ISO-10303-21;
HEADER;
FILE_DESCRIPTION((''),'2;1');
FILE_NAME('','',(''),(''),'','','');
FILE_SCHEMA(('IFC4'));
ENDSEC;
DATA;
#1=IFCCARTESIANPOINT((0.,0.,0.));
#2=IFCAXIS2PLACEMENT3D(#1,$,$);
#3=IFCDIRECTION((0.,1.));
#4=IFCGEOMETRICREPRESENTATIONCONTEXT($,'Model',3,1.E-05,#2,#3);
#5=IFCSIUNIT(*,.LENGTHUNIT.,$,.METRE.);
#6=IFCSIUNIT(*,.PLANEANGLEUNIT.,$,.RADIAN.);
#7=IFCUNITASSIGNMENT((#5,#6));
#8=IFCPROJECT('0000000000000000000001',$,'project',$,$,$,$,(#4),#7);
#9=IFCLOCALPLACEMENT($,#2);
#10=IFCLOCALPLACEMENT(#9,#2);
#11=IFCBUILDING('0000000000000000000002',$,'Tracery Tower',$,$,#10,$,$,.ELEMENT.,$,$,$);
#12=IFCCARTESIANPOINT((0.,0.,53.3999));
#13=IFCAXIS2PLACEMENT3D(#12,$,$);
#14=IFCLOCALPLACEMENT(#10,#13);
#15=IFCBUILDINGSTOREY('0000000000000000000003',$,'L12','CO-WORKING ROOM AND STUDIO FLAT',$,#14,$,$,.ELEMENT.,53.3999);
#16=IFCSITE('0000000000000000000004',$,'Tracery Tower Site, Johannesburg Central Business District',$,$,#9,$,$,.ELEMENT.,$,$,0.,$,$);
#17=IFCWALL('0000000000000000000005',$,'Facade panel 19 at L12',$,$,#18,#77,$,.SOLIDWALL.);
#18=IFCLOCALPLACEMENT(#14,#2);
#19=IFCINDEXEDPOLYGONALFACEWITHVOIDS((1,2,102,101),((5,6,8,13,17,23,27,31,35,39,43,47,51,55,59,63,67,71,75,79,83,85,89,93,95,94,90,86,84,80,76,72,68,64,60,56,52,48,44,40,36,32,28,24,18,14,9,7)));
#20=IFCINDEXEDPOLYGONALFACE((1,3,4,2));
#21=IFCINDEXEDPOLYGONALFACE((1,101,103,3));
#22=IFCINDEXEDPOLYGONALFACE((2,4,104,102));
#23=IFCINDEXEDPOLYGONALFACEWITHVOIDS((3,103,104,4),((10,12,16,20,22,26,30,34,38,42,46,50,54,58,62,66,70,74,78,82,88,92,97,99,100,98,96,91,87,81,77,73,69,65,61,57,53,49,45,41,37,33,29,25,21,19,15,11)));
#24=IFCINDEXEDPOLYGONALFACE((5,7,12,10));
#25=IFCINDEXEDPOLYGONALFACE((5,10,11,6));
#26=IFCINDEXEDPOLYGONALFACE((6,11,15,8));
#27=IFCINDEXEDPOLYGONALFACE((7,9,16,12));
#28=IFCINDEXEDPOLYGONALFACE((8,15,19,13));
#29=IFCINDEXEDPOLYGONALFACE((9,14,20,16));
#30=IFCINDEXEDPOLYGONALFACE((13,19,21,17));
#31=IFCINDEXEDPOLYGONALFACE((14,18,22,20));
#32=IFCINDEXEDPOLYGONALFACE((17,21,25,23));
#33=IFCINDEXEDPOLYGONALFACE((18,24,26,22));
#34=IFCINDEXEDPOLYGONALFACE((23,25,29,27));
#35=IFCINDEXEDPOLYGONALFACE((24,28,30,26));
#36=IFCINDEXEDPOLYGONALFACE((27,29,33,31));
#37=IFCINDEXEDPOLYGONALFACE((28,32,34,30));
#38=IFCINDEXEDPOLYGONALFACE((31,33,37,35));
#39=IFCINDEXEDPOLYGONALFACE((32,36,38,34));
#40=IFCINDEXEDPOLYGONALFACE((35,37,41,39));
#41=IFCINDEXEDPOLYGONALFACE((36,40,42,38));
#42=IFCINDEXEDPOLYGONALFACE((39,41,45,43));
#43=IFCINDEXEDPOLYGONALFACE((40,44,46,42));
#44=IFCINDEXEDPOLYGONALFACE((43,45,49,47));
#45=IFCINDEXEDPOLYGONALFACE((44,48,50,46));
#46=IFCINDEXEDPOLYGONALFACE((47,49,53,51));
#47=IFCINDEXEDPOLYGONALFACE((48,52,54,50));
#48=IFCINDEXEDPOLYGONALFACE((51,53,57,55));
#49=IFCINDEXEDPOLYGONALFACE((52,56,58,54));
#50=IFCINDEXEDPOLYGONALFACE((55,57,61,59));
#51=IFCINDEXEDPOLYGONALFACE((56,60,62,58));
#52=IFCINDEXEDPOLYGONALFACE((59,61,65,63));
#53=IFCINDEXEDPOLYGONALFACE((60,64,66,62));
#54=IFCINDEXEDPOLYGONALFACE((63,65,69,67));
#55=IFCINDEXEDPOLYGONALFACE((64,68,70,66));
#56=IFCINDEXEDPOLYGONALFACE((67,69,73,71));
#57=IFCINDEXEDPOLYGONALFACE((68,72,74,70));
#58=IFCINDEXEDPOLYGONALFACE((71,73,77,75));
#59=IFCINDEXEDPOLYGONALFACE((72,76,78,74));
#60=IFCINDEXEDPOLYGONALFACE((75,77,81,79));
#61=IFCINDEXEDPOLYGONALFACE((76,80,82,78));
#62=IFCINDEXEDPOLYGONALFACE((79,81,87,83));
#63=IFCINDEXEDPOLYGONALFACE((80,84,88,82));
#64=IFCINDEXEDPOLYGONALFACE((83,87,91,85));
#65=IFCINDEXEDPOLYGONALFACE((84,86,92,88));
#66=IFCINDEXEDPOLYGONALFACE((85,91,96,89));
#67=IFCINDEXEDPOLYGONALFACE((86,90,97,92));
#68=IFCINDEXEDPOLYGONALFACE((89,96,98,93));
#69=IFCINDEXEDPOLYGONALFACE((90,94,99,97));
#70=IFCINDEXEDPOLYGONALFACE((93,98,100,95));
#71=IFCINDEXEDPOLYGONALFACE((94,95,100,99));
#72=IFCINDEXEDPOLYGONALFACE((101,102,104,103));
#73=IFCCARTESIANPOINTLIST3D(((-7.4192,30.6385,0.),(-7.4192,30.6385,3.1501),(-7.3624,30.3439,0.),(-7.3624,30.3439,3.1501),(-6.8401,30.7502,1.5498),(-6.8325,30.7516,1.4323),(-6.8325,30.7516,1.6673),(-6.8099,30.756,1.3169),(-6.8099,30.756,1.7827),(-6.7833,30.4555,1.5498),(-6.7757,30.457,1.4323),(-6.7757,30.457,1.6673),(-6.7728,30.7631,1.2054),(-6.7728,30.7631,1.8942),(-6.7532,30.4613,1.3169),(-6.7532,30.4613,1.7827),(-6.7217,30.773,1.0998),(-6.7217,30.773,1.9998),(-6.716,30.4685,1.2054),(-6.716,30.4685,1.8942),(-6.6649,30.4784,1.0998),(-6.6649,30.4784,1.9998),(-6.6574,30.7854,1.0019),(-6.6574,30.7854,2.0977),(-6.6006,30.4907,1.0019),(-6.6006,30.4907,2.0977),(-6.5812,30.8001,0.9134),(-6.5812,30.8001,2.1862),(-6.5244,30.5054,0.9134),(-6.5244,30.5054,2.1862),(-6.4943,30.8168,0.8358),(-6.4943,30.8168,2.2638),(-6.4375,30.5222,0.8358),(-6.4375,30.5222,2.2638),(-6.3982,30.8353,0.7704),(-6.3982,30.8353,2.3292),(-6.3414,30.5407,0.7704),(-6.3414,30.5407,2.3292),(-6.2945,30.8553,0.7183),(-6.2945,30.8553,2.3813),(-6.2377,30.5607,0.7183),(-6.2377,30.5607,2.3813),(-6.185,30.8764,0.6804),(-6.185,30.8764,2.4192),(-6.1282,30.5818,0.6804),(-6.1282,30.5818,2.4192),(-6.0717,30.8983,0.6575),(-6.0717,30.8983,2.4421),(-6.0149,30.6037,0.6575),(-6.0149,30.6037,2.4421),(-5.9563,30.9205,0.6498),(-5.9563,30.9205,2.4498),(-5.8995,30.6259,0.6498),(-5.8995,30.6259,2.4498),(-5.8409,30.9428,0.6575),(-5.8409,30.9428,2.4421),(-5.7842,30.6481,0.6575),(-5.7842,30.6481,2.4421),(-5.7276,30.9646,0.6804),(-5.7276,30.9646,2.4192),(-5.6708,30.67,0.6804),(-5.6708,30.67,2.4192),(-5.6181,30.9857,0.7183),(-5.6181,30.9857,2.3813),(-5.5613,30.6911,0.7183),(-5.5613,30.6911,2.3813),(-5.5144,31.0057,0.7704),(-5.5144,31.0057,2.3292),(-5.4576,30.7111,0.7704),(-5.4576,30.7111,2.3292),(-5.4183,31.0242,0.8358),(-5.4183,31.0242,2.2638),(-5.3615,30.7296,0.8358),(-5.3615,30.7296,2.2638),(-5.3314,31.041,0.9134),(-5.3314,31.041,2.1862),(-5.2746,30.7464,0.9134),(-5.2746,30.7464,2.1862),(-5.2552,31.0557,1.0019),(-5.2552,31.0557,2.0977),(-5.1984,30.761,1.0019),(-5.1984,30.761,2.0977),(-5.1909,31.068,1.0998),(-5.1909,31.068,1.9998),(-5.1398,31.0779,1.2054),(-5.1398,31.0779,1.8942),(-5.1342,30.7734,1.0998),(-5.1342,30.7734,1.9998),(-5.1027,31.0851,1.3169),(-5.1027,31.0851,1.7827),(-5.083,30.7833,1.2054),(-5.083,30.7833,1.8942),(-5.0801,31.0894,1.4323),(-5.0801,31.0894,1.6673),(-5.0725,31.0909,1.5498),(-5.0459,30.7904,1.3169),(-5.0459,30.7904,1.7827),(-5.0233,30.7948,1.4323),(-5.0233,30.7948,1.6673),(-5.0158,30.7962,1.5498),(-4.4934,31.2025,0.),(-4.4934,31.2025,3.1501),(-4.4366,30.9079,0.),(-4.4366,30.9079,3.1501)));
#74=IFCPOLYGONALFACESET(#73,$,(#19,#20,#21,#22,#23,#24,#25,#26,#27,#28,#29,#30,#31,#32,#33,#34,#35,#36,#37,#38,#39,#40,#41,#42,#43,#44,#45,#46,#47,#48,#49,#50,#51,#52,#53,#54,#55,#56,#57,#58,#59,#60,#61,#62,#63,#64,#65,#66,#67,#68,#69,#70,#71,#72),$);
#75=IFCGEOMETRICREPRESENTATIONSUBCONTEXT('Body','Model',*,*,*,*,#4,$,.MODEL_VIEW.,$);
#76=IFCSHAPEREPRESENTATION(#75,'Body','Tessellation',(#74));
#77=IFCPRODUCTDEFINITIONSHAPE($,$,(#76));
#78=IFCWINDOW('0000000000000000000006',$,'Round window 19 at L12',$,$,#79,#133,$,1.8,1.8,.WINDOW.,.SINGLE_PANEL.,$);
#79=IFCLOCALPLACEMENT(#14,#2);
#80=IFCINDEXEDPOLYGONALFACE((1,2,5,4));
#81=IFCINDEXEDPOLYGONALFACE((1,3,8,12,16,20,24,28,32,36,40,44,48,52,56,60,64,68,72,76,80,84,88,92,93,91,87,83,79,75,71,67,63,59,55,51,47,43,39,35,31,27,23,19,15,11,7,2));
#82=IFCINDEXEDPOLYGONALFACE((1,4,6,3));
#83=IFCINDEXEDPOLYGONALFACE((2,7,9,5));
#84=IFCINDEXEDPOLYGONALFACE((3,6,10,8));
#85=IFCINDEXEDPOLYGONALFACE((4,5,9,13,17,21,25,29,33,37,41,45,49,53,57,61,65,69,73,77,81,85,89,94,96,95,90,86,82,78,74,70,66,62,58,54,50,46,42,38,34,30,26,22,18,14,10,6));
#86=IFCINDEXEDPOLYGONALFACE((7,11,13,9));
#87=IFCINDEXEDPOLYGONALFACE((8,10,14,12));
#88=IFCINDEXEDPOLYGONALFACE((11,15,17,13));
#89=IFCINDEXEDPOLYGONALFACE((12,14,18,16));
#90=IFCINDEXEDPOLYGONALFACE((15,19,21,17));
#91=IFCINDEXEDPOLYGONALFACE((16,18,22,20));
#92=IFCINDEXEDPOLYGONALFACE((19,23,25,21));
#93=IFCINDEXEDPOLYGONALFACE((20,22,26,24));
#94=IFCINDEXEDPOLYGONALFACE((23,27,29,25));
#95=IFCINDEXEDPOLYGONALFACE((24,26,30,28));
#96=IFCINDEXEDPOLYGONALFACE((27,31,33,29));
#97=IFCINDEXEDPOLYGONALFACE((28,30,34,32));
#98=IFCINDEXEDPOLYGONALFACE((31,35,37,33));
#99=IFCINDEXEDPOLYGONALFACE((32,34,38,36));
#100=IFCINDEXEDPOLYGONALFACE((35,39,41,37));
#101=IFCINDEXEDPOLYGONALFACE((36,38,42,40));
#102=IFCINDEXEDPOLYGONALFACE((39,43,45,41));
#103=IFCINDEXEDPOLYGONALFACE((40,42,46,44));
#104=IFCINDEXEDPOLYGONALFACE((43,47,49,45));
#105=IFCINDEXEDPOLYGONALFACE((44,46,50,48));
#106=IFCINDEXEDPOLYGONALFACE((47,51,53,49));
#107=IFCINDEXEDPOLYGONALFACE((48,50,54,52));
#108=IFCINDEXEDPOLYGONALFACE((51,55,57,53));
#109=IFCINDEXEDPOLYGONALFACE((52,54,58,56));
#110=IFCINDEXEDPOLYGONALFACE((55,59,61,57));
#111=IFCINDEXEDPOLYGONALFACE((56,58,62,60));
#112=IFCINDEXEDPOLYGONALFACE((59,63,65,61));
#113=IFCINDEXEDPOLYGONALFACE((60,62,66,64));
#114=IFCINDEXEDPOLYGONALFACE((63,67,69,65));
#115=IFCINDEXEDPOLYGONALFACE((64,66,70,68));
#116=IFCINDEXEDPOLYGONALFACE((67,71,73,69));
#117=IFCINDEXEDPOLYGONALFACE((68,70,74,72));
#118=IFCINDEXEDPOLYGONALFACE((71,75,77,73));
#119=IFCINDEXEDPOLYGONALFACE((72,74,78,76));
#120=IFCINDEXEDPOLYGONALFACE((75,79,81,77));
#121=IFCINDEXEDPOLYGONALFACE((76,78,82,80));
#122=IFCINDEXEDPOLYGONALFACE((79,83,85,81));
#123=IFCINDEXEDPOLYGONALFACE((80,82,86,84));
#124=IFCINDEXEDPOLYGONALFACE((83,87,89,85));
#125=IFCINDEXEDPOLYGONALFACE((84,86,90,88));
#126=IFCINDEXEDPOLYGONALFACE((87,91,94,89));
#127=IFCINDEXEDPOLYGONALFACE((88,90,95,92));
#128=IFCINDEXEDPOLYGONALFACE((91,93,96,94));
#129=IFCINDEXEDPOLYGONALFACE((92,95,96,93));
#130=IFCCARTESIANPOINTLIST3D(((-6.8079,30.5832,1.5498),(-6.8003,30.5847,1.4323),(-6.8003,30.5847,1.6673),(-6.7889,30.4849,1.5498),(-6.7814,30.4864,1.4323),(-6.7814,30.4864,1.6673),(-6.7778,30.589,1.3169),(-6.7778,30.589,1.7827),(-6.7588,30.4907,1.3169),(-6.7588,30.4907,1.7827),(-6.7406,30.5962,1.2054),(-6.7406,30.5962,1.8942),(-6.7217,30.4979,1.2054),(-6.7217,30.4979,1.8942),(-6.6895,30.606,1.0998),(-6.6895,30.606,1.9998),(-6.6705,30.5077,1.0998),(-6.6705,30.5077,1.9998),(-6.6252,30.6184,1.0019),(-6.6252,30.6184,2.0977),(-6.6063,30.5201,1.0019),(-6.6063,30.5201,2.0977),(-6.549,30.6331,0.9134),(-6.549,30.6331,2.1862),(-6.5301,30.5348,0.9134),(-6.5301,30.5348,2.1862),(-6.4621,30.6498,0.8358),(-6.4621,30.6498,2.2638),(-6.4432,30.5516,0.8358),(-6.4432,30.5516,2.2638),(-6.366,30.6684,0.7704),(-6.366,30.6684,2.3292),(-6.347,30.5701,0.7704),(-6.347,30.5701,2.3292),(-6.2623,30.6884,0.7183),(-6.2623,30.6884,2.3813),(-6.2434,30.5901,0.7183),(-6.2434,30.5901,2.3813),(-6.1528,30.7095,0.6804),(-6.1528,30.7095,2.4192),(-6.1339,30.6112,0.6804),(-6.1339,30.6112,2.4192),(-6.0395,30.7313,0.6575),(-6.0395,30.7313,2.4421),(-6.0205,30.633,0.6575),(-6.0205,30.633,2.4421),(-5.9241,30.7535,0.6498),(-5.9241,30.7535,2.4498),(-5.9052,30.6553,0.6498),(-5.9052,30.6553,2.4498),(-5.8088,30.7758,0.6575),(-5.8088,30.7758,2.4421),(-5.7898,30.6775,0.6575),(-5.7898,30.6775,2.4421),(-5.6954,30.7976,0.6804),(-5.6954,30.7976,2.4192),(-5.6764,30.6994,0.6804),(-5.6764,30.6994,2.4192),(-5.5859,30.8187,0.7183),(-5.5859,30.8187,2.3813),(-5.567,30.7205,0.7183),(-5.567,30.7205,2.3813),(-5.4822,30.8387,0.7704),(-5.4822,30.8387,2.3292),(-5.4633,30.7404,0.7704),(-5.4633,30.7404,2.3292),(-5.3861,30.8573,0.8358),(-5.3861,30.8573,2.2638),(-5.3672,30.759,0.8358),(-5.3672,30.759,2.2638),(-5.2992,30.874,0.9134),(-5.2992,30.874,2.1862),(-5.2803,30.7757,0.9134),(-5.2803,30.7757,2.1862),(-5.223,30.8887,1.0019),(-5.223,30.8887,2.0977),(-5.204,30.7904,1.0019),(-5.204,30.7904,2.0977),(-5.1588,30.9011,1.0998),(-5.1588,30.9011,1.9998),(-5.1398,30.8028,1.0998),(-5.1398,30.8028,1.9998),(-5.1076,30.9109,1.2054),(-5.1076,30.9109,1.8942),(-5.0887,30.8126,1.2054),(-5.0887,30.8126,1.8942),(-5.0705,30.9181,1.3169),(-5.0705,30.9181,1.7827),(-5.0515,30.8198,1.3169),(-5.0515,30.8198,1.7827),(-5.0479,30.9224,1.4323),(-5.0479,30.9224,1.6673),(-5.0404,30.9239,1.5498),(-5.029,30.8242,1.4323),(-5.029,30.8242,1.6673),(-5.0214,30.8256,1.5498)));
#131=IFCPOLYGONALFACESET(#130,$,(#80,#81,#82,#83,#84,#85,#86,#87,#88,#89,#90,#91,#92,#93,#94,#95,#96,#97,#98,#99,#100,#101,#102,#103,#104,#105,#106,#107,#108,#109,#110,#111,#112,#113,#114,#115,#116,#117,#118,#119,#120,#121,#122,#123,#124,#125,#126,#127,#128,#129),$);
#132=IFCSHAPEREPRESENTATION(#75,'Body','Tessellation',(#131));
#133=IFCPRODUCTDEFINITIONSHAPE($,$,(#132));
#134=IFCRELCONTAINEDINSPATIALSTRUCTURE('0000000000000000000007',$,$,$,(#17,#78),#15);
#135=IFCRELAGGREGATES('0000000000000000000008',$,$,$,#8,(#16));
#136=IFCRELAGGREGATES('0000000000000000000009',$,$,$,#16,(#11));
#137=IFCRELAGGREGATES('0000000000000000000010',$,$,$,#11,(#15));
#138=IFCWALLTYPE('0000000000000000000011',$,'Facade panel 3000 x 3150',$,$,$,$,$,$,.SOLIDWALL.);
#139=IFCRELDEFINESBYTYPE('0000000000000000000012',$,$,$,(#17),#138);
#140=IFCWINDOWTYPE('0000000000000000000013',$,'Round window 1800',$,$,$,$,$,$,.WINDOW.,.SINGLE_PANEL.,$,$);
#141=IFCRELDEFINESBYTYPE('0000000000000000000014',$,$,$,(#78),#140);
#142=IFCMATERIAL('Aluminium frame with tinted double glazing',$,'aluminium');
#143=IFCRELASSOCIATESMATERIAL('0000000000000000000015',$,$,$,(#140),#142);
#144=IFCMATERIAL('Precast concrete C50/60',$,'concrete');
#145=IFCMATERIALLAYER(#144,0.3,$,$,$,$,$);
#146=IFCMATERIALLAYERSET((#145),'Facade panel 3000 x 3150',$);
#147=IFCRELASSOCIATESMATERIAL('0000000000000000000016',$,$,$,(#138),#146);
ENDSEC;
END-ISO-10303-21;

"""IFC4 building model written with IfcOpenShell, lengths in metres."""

from ifc_helpers import new_model, si_unit, direction, frame, frame_2d, origin, origin_2d, place, context, subcontext, project, spatial, rectangle, circle, extrude, material, layer, layer_set, type_object, element, fill, save


model = new_model("IFC4")

# Units and contexts
model_context = context("Model", 3, precision=1e-05, world=origin(), true_north=direction((0.0, 1.0)))
body_context = subcontext(model_context, "Body", "Model", "MODEL_VIEW")
ifc_project = project(units=[si_unit("LENGTHUNIT", "METRE"), si_unit("PLANEANGLEUNIT", "RADIAN")], contexts=[model_context])

# Site, building, storey
site_placement = place(None, origin())
site = spatial("IfcSite", under=ifc_project, at=site_placement, Name="Tracery Tower Site, Johannesburg Central Business District", CompositionType="ELEMENT", RefElevation=0.0)
building_placement = place(site_placement, origin())
building = spatial("IfcBuilding", under=site, at=building_placement, Name="Tracery Tower", CompositionType="ELEMENT")
storey_placement = place(building_placement, frame((0.0, 0.0, 53.3999)))
storey = spatial("IfcBuildingStorey", under=building, at=storey_placement, Name="L12", Description="CO-WORKING ROOM AND STUDIO FLAT", CompositionType="ELEMENT", Elevation=53.3999)

# Wall, opening, window
ifc_material_1 = material(Name="Aluminium frame with tinted double glazing", Category="aluminium")
window_type = type_object("IfcWindowType", Name="Round window 1800", PartitioningType="SINGLE_PANEL", PredefinedType="WINDOW", material=ifc_material_1)
ifc_material_2 = material(Name="Precast concrete C50/60", Category="concrete")
ifc_layer_1 = layer(ifc_material_2, 0.3)
ifc_layer_set_1 = layer_set([ifc_layer_1], Name="Facade panel 3000 x 3150")
wall_type_1 = type_object("IfcWallType", Name="Facade panel 3000 x 3150", PredefinedType="SOLIDWALL", material=ifc_layer_set_1)
wall_1_placement = place(storey_placement, frame((-4.4651, 31.0552, 0.0), z_axis=(0.0, 0.0, 1.0), x_axis=(-0.981925, -0.189273, 0.0)))
wall_1 = element("IfcWall", 1, at=wall_1_placement, inside=storey, type_object=wall_type_1, Name="Facade panel 19 at L12", PredefinedType="SOLIDWALL", context=body_context, shape_type="SweptSolid", body=[
    extrude(rectangle(XDim=2.9797, YDim=0.3, at=frame_2d((1.4897, 0.0))), origin(), (0.0, 0.0, 1.0), 3.1501),
])
opening_1_placement = place(wall_1_placement, frame((1.4897, 0.0, 1.5498)))
opening_1 = element("IfcOpeningElement", 2, at=opening_1_placement, cuts=wall_1, PredefinedType="OPENING", context=body_context, shape_type="SweptSolid", body=[
    extrude(circle(Radius=0.9, at=origin_2d()), frame((0.0, 0.1599, 0.0), z_axis=(0.0, -1.0, 0.0), x_axis=(1.0, 0.0, 0.0)), (0.0, 0.0, 1.0), 0.3201),
])
window_1_placement = place(opening_1_placement, origin())
window_1 = element("IfcWindow", 3, at=window_1_placement, inside=storey, type_object=window_type, Name="Round window 19 at L12", OverallHeight=1.8, OverallWidth=1.8, PartitioningType="SINGLE_PANEL", PredefinedType="WINDOW", context=body_context, shape_type="SweptSolid", body=[
    extrude(circle(Radius=0.9, at=origin_2d()), frame((0.0, 0.1201, 0.0), z_axis=(0.0, -1.0, 0.0), x_axis=(1.0, 0.0, 0.0)), (0.0, 0.0, 1.0), 0.1001),
])
fill(opening_1, window_1)

save(model, "model.ifc")
